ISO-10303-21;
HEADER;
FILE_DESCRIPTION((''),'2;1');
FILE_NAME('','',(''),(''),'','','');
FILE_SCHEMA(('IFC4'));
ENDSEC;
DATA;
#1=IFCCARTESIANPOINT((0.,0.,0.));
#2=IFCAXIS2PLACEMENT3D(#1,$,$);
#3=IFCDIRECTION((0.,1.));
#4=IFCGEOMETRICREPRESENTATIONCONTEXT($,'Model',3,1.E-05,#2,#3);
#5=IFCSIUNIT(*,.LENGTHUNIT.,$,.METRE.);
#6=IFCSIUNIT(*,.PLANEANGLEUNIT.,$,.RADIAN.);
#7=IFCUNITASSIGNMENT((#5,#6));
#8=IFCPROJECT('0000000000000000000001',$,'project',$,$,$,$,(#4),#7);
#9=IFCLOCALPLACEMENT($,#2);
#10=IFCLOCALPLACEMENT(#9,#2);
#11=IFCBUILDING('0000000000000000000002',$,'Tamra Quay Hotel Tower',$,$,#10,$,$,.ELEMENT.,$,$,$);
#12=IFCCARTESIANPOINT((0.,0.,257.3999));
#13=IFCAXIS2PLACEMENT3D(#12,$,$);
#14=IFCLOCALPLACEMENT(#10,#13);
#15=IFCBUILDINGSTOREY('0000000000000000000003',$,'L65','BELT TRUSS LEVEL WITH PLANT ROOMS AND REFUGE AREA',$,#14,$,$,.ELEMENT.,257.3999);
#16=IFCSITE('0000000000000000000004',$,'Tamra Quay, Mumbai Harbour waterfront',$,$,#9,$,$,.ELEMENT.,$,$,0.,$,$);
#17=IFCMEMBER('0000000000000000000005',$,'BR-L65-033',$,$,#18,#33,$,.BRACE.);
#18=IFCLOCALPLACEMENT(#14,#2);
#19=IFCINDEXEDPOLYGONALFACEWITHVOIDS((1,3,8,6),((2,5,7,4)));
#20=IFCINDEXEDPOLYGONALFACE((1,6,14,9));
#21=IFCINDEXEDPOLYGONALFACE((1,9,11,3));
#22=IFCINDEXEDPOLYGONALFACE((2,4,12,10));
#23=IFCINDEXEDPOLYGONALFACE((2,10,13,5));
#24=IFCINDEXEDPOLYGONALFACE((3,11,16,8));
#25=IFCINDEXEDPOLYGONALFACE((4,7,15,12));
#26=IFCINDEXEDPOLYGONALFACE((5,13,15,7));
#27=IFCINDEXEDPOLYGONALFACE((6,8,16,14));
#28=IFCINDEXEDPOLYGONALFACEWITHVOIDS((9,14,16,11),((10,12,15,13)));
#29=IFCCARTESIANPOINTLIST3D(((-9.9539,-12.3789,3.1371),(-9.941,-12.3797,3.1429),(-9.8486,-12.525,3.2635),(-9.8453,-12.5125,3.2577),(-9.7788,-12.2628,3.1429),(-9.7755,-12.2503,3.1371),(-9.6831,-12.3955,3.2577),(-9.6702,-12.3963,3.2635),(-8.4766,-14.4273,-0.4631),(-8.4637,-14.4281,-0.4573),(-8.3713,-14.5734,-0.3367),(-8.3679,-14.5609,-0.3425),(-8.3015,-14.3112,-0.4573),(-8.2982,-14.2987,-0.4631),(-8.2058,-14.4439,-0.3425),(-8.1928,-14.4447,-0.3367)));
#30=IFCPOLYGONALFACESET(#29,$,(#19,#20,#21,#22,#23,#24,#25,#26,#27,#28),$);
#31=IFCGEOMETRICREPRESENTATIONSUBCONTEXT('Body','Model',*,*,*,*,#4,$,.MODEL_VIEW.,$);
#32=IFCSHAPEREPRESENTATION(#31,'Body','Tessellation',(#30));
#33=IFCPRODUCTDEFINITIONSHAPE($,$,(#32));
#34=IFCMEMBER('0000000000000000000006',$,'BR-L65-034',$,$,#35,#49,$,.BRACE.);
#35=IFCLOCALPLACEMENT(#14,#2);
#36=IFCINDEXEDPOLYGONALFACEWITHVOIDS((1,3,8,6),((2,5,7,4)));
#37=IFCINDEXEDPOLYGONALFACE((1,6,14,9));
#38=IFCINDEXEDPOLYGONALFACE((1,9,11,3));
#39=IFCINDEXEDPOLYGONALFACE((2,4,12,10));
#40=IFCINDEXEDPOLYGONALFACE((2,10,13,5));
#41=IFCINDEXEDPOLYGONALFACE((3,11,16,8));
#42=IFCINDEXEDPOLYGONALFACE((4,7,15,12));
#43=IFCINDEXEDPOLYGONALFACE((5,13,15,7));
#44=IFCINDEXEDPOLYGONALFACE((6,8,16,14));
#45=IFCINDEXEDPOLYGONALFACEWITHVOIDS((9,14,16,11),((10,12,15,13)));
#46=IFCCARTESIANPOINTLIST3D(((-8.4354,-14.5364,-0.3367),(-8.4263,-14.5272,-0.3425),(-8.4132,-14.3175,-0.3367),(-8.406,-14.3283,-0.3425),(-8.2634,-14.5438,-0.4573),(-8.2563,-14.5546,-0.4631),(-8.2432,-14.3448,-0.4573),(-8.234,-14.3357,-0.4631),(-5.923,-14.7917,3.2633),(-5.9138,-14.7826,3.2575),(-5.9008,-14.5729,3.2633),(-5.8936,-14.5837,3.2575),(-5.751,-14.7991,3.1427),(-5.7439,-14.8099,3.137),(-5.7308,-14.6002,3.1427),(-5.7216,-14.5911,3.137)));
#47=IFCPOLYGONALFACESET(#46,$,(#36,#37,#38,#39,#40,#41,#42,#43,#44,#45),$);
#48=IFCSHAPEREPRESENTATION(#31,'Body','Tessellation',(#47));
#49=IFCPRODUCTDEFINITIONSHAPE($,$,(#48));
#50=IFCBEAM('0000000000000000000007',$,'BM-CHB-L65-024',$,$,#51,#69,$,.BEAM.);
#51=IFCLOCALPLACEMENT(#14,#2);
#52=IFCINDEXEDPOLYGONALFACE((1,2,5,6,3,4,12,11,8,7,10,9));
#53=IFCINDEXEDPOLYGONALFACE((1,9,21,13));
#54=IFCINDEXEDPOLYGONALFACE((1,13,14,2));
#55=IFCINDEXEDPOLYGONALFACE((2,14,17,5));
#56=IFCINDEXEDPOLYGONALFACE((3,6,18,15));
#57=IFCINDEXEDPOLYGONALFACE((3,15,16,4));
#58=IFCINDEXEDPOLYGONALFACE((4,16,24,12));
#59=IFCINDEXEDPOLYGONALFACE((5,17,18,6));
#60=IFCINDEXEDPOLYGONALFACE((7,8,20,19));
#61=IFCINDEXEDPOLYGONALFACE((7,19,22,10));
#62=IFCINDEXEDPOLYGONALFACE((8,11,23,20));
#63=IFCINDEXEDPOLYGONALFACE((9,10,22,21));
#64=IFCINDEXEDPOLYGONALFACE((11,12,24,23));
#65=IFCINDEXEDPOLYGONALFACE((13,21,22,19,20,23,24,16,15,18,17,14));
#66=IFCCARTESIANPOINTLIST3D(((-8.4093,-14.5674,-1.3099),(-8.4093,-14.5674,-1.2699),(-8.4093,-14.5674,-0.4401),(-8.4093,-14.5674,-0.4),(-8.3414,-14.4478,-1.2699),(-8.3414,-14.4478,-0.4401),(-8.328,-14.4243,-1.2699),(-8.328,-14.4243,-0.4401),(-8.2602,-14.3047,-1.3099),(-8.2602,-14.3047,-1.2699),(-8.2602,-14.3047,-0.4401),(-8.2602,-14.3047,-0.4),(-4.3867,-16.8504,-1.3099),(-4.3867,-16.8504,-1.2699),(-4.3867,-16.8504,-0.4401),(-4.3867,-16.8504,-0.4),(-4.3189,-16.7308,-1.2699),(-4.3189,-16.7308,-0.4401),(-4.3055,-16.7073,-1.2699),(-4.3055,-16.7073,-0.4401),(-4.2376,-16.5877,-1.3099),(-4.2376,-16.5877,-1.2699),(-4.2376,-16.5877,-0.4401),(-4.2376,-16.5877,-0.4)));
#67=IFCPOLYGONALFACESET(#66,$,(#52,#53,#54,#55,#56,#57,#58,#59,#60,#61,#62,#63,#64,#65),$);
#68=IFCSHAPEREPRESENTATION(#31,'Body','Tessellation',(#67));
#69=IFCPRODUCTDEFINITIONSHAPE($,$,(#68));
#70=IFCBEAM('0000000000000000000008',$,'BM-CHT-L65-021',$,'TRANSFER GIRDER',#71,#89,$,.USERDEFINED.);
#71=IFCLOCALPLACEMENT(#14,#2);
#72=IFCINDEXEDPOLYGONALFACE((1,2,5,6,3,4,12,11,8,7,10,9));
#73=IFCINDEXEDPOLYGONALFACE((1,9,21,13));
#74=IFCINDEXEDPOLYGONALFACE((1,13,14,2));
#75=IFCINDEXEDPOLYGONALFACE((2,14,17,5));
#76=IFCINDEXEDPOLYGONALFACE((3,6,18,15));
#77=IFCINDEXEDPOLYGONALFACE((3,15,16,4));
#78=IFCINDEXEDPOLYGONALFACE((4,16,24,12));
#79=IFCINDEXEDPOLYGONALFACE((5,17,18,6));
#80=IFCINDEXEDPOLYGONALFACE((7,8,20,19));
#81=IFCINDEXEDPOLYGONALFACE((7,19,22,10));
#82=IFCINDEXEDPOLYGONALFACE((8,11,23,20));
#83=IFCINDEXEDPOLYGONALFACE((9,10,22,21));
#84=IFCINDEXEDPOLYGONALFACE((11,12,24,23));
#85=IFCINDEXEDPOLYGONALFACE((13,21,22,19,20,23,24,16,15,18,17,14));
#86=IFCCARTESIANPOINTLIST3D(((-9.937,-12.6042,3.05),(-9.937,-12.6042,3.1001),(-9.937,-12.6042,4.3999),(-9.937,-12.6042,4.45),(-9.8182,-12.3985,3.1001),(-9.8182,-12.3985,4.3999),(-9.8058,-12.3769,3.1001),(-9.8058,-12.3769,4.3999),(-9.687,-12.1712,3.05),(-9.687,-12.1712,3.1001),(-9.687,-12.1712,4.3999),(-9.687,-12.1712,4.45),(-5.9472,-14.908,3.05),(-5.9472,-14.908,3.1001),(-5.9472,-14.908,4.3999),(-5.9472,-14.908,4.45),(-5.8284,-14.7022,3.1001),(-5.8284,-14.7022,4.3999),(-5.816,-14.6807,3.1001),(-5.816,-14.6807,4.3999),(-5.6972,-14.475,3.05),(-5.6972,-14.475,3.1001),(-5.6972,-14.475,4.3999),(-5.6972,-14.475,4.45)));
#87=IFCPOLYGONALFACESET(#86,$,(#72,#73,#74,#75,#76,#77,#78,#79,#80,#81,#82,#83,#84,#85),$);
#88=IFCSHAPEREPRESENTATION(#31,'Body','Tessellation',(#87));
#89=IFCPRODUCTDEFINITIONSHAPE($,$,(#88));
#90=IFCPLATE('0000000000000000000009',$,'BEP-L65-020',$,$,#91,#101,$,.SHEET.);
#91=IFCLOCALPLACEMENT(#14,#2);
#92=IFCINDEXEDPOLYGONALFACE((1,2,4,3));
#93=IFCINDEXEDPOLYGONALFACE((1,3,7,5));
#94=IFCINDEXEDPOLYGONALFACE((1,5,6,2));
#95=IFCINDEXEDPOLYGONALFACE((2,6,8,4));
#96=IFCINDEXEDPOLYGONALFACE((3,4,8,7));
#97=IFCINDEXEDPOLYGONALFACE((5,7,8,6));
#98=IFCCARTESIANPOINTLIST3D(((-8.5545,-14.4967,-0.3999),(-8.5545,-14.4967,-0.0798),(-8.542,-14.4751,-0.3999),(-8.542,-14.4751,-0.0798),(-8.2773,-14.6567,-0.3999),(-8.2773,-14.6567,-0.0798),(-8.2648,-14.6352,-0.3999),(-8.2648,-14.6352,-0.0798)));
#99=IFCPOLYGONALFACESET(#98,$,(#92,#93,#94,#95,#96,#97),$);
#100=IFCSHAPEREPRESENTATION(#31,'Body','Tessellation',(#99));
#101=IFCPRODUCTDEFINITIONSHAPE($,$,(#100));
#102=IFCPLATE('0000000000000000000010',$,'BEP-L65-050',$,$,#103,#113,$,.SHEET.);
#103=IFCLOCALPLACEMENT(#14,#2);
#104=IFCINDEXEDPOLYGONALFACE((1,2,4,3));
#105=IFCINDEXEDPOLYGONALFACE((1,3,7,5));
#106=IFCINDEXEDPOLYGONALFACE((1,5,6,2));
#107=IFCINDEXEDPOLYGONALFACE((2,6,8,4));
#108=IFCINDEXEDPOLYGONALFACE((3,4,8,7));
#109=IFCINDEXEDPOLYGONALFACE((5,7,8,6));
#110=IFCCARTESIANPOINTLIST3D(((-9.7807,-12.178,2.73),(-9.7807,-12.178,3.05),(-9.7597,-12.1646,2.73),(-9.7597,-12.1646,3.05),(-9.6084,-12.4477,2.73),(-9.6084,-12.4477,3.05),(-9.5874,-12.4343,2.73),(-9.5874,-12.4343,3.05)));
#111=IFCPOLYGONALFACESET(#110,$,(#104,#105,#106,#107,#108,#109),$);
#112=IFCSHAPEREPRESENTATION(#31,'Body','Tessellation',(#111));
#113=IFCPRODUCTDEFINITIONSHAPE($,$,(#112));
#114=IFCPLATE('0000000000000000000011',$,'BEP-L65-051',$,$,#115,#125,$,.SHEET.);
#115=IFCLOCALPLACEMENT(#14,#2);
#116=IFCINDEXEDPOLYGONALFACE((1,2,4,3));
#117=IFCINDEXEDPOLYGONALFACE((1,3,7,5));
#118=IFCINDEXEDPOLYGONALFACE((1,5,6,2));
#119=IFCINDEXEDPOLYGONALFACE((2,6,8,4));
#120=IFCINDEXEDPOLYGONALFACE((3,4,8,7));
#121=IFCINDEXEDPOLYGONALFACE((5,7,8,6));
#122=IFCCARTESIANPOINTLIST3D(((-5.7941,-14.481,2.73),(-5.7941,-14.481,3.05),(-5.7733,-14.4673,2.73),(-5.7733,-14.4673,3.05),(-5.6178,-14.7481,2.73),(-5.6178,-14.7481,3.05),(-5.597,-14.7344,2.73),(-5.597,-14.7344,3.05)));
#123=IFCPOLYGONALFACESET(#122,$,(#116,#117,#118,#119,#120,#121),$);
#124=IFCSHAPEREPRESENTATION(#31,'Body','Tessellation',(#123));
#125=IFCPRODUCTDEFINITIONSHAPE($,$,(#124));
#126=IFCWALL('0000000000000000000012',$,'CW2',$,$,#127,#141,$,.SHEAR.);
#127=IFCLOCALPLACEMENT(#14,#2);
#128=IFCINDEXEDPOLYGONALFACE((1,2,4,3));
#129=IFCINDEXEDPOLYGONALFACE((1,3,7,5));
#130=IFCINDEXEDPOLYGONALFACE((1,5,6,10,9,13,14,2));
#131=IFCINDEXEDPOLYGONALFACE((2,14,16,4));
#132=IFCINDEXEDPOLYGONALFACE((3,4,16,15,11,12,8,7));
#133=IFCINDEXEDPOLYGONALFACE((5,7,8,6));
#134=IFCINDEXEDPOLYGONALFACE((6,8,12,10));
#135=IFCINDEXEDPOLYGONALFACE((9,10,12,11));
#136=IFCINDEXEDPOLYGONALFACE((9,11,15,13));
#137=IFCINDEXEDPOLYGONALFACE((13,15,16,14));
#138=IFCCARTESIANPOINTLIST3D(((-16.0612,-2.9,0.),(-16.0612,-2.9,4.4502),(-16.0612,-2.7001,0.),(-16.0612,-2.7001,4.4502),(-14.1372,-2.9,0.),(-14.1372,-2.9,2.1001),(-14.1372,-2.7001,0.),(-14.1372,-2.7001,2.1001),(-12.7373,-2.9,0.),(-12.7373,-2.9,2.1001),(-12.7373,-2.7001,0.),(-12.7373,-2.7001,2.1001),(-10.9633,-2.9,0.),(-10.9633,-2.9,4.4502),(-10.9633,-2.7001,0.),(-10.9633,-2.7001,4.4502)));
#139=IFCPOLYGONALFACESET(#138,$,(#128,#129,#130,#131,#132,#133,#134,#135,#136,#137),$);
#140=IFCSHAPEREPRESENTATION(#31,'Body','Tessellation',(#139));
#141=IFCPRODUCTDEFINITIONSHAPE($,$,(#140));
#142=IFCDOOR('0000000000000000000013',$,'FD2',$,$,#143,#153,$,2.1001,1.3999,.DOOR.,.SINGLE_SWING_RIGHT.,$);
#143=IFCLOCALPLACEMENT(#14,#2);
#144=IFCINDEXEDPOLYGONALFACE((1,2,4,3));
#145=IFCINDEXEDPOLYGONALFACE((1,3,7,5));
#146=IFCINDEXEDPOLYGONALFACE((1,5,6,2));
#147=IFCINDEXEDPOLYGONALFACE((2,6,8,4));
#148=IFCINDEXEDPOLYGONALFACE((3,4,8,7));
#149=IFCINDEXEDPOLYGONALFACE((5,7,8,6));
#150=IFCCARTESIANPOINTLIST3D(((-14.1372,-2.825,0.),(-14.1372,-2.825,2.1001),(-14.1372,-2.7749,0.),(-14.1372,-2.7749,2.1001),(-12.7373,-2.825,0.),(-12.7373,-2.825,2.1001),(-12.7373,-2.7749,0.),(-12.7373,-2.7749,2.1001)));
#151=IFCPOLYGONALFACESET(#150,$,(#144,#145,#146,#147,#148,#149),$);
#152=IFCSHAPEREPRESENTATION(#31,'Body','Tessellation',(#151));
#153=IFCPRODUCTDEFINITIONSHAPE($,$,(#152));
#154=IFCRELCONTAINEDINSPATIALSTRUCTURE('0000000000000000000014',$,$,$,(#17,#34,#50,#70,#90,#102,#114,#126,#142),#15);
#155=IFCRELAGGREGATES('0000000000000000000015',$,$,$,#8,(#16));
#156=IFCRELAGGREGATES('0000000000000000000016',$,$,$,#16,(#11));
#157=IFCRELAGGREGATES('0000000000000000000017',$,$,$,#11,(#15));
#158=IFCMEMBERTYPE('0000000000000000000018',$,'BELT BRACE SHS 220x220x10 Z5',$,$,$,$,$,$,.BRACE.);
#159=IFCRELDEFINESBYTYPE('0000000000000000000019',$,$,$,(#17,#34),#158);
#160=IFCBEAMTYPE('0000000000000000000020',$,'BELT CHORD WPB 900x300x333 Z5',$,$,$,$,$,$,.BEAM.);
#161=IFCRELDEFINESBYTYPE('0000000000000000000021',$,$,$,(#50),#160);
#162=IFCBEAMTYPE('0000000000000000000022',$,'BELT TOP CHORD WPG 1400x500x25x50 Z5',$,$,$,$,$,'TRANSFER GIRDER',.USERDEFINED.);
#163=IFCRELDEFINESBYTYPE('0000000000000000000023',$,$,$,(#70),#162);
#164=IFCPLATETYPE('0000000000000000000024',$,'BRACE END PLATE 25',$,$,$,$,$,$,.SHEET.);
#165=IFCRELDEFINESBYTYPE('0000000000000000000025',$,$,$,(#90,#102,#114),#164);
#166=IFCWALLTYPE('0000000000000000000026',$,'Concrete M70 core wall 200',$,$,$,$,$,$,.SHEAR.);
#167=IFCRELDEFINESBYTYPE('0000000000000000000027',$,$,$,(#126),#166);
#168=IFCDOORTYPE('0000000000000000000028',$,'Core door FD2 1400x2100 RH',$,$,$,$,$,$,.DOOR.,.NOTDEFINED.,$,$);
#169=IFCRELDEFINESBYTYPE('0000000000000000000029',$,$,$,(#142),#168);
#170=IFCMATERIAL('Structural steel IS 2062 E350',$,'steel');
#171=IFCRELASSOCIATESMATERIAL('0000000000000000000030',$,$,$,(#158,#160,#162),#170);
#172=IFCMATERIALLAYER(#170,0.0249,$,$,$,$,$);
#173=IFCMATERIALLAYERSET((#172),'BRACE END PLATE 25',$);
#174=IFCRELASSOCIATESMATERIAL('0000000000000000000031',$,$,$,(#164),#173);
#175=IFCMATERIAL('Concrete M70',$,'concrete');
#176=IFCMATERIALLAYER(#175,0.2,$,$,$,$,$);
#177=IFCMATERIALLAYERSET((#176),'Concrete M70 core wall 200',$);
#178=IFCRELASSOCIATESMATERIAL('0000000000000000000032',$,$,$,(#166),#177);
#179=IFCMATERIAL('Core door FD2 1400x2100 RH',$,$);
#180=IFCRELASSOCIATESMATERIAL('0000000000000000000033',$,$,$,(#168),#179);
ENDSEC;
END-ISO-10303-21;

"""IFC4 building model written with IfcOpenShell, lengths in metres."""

from ifc_helpers import new_model, si_unit, direction, frame, frame_2d, origin, origin_2d, place, context, subcontext, project, spatial, rectangle, hollow_rectangle, i_section, extrude, material, layer, layer_set, material_profile, profile_set, type_object, element, fill, save


model = new_model("IFC4")

# Units and contexts
model_context = context("Model", 3, precision=1e-05, world=origin(), true_north=direction((0.0, 1.0)))
body_context = subcontext(model_context, "Body", "Model", "MODEL_VIEW")
ifc_project = project(units=[si_unit("LENGTHUNIT", "METRE"), si_unit("PLANEANGLEUNIT", "RADIAN")], contexts=[model_context])

# Site, building, storey
site_placement = place(None, origin())
site = spatial("IfcSite", under=ifc_project, at=site_placement, Name="Tamra Quay, Mumbai Harbour waterfront", CompositionType="ELEMENT", RefElevation=0.0)
building_placement = place(site_placement, origin())
building = spatial("IfcBuilding", under=site, at=building_placement, Name="Tamra Quay Hotel Tower", CompositionType="ELEMENT")
storey_placement = place(building_placement, frame((0.0, 0.0, 257.3999)))
storey = spatial("IfcBuildingStorey", under=building, at=storey_placement, Name="L65", Description="BELT TRUSS LEVEL WITH PLANT ROOMS AND REFUGE AREA", CompositionType="ELEMENT", Elevation=257.3999)

# Members
ifc_material_1 = material(Name="Structural steel IS 2062 E350", Category="steel")
ifc_material_profile_1 = material_profile(ifc_material_1, hollow_rectangle(XDim=0.22, YDim=0.22, WallThickness=0.01, at=origin_2d()), Name="SHS 220x220x10")
ifc_profile_set_1 = profile_set([ifc_material_profile_1], Name="Structural steel IS 2062 E350")
member_type = type_object("IfcMemberType", Name="BELT BRACE SHS 220x220x10 Z5", PredefinedType="BRACE", material=ifc_profile_set_1)
member_1_placement = place(storey_placement, frame((-8.3347, -14.436, -0.3999), z_axis=(-0.335933, 0.465787, 0.818652), x_axis=(-0.811067, -0.584954, 0.0)))
element("IfcMember", 1, at=member_1_placement, inside=storey, type_object=member_type, Name="BR-L65-033", PredefinedType="BRACE", context=body_context, shape_type="SweptSolid", body=[
    extrude(hollow_rectangle(XDim=0.22, YDim=0.22, WallThickness=0.01, at=origin_2d()), origin(), (0.0, 0.0, 1.0), 4.3977),
])
member_2_placement = place(storey_placement, frame((-8.3347, -14.436, -0.3999), z_axis=(0.571331, -0.058071, 0.818662), x_axis=(0.101121, 0.994874, 0.0)))
element("IfcMember", 2, at=member_2_placement, inside=storey, type_object=member_type, Name="BR-L65-034", PredefinedType="BRACE", context=body_context, shape_type="SweptSolid", body=[
    extrude(hollow_rectangle(XDim=0.22, YDim=0.22, WallThickness=0.01, at=origin_2d()), origin(), (0.0, 0.0, 1.0), 4.3975),
])

# Beams
ifc_material_profile_2 = material_profile(ifc_material_1, i_section(OverallWidth=0.302, OverallDepth=0.9099, WebThickness=0.0271, FlangeThickness=0.04, at=origin_2d()), Name="WPB 900x300x333")
ifc_profile_set_2 = profile_set([ifc_material_profile_2], Name="Structural steel IS 2062 E350")
beam_type_1 = type_object("IfcBeamType", Name="BELT CHORD WPB 900x300x333 Z5", PredefinedType="BEAM", material=ifc_profile_set_2)
beam_1_placement = place(storey_placement, frame((-8.3347, -14.436, -0.855), z_axis=(0.869691, -0.493596, 0.0), x_axis=(0.493596, 0.869691, 0.0)))
element("IfcBeam", 3, at=beam_1_placement, inside=storey, type_object=beam_type_1, Name="BM-CHB-L65-024", PredefinedType="BEAM", context=body_context, shape_type="SweptSolid", body=[
    extrude(i_section(OverallWidth=0.302, OverallDepth=0.9099, WebThickness=0.0271, FlangeThickness=0.04, at=origin_2d()), origin(), (0.0, 0.0, 1.0), 4.6252),
])
ifc_material_profile_3 = material_profile(ifc_material_1, i_section(OverallWidth=0.5, OverallDepth=1.3999, WebThickness=0.0249, FlangeThickness=0.05, at=origin_2d()), Name="WPG 1400x500x25x50")
ifc_profile_set_3 = profile_set([ifc_material_profile_3], Name="Structural steel IS 2062 E350")
beam_type_2 = type_object("IfcBeamType", Name="BELT TOP CHORD WPG 1400x500x25x50 Z5", ElementType="TRANSFER GIRDER", PredefinedType="USERDEFINED", material=ifc_profile_set_3)
beam_2_placement = place(storey_placement, frame((-9.812, -12.3877, 3.75), z_axis=(0.866004, -0.500037, 0.0), x_axis=(0.500037, 0.866004, 0.0)))
element("IfcBeam", 4, at=beam_2_placement, inside=storey, type_object=beam_type_2, Name="BM-CHT-L65-021", ObjectType="TRANSFER GIRDER", PredefinedType="USERDEFINED", context=body_context, shape_type="SweptSolid", body=[
    extrude(i_section(OverallWidth=0.5, OverallDepth=1.3999, WebThickness=0.0249, FlangeThickness=0.05, at=origin_2d()), origin(), (0.0, 0.0, 1.0), 4.6072),
])

# Plates
ifc_layer_1 = layer(ifc_material_1, 0.0249)
ifc_layer_set_1 = layer_set([ifc_layer_1], Name="BRACE END PLATE 25")
plate_type = type_object("IfcPlateType", Name="BRACE END PLATE 25", PredefinedType="SHEET", material=ifc_layer_set_1)
for number, where, z_axis, x_axis, name in (
    (5, (-8.4097, -14.5659, -0.3999), (0.0, 0.0, 1.0), (0.499995, 0.866028, 0.0), "BEP-L65-020"),
    (6, (-9.6841, -12.3062, 2.73), (0.0, 0.0, 1.0), (0.842784, 0.538252, 0.0), "BEP-L65-050"),
    (7, (-5.6956, -14.6077, 2.73), (0.0, 0.0, 1.0), (0.834504, 0.551002, 0.0), "BEP-L65-051"),
):
    element("IfcPlate", number, at=place(storey_placement, frame(where, z_axis=z_axis, x_axis=x_axis)), inside=storey, type_object=plate_type, Name=name, PredefinedType="SHEET", context=body_context, shape_type="SweptSolid", body=[
        extrude(rectangle(XDim=0.0249, YDim=0.3201, at=origin_2d()), origin(), (0.0, 0.0, 1.0), 0.3201),
    ])

# Wall, opening, door
ifc_material_2 = material(Name="Concrete M70", Category="concrete")
ifc_layer_2 = layer(ifc_material_2, 0.2)
ifc_layer_set_2 = layer_set([ifc_layer_2], Name="Concrete M70 core wall 200")
wall_type_1 = type_object("IfcWallType", Name="Concrete M70 core wall 200", PredefinedType="SHEAR", material=ifc_layer_set_2)
wall_1_placement = place(storey_placement, frame((-10.9634, -2.8, 0.0), z_axis=(0.0, 0.0, 1.0), x_axis=(-1.0, 0.0, 0.0)))
wall_1 = element("IfcWall", 8, at=wall_1_placement, inside=storey, type_object=wall_type_1, Name="CW2", PredefinedType="SHEAR", context=body_context, shape_type="SweptSolid", body=[
    extrude(rectangle(XDim=5.0979, YDim=0.2, at=frame_2d((2.5488, 0.0))), origin(), (0.0, 0.0, 1.0), 4.4502),
])
opening_1_placement = place(wall_1_placement, frame((1.7739, 0.0, 0.0)))
opening_1 = element("IfcOpeningElement", 9, at=opening_1_placement, cuts=wall_1, PredefinedType="OPENING", context=body_context, shape_type="SweptSolid", body=[
    extrude(rectangle(XDim=1.3999, YDim=2.1001, at=frame_2d((0.7, 1.05))), frame((0.0, 0.1099, 0.0), z_axis=(0.0, -1.0, 0.0), x_axis=(1.0, 0.0, 0.0)), (0.0, 0.0, 1.0), 0.22),
])
ifc_material_3 = material(Name="Core door FD2 1400x2100 RH")
door_type_1 = type_object("IfcDoorType", Name="Core door FD2 1400x2100 RH", OperationType="NOTDEFINED", PredefinedType="DOOR", material=ifc_material_3)
door_1_placement = place(opening_1_placement, origin())
door_1 = element("IfcDoor", 10, at=door_1_placement, inside=storey, type_object=door_type_1, Name="FD2", OperationType="SINGLE_SWING_RIGHT", OverallHeight=2.1001, OverallWidth=1.3999, PredefinedType="DOOR", context=body_context, shape_type="SweptSolid", body=[
    extrude(rectangle(XDim=1.3999, YDim=2.1001, at=frame_2d((0.7, 1.05))), frame((0.0, 0.0249, 0.0), z_axis=(0.0, -1.0, 0.0), x_axis=(1.0, 0.0, 0.0)), (0.0, 0.0, 1.0), 0.05),
])
fill(opening_1, door_1)

save(model, "model.ifc")
